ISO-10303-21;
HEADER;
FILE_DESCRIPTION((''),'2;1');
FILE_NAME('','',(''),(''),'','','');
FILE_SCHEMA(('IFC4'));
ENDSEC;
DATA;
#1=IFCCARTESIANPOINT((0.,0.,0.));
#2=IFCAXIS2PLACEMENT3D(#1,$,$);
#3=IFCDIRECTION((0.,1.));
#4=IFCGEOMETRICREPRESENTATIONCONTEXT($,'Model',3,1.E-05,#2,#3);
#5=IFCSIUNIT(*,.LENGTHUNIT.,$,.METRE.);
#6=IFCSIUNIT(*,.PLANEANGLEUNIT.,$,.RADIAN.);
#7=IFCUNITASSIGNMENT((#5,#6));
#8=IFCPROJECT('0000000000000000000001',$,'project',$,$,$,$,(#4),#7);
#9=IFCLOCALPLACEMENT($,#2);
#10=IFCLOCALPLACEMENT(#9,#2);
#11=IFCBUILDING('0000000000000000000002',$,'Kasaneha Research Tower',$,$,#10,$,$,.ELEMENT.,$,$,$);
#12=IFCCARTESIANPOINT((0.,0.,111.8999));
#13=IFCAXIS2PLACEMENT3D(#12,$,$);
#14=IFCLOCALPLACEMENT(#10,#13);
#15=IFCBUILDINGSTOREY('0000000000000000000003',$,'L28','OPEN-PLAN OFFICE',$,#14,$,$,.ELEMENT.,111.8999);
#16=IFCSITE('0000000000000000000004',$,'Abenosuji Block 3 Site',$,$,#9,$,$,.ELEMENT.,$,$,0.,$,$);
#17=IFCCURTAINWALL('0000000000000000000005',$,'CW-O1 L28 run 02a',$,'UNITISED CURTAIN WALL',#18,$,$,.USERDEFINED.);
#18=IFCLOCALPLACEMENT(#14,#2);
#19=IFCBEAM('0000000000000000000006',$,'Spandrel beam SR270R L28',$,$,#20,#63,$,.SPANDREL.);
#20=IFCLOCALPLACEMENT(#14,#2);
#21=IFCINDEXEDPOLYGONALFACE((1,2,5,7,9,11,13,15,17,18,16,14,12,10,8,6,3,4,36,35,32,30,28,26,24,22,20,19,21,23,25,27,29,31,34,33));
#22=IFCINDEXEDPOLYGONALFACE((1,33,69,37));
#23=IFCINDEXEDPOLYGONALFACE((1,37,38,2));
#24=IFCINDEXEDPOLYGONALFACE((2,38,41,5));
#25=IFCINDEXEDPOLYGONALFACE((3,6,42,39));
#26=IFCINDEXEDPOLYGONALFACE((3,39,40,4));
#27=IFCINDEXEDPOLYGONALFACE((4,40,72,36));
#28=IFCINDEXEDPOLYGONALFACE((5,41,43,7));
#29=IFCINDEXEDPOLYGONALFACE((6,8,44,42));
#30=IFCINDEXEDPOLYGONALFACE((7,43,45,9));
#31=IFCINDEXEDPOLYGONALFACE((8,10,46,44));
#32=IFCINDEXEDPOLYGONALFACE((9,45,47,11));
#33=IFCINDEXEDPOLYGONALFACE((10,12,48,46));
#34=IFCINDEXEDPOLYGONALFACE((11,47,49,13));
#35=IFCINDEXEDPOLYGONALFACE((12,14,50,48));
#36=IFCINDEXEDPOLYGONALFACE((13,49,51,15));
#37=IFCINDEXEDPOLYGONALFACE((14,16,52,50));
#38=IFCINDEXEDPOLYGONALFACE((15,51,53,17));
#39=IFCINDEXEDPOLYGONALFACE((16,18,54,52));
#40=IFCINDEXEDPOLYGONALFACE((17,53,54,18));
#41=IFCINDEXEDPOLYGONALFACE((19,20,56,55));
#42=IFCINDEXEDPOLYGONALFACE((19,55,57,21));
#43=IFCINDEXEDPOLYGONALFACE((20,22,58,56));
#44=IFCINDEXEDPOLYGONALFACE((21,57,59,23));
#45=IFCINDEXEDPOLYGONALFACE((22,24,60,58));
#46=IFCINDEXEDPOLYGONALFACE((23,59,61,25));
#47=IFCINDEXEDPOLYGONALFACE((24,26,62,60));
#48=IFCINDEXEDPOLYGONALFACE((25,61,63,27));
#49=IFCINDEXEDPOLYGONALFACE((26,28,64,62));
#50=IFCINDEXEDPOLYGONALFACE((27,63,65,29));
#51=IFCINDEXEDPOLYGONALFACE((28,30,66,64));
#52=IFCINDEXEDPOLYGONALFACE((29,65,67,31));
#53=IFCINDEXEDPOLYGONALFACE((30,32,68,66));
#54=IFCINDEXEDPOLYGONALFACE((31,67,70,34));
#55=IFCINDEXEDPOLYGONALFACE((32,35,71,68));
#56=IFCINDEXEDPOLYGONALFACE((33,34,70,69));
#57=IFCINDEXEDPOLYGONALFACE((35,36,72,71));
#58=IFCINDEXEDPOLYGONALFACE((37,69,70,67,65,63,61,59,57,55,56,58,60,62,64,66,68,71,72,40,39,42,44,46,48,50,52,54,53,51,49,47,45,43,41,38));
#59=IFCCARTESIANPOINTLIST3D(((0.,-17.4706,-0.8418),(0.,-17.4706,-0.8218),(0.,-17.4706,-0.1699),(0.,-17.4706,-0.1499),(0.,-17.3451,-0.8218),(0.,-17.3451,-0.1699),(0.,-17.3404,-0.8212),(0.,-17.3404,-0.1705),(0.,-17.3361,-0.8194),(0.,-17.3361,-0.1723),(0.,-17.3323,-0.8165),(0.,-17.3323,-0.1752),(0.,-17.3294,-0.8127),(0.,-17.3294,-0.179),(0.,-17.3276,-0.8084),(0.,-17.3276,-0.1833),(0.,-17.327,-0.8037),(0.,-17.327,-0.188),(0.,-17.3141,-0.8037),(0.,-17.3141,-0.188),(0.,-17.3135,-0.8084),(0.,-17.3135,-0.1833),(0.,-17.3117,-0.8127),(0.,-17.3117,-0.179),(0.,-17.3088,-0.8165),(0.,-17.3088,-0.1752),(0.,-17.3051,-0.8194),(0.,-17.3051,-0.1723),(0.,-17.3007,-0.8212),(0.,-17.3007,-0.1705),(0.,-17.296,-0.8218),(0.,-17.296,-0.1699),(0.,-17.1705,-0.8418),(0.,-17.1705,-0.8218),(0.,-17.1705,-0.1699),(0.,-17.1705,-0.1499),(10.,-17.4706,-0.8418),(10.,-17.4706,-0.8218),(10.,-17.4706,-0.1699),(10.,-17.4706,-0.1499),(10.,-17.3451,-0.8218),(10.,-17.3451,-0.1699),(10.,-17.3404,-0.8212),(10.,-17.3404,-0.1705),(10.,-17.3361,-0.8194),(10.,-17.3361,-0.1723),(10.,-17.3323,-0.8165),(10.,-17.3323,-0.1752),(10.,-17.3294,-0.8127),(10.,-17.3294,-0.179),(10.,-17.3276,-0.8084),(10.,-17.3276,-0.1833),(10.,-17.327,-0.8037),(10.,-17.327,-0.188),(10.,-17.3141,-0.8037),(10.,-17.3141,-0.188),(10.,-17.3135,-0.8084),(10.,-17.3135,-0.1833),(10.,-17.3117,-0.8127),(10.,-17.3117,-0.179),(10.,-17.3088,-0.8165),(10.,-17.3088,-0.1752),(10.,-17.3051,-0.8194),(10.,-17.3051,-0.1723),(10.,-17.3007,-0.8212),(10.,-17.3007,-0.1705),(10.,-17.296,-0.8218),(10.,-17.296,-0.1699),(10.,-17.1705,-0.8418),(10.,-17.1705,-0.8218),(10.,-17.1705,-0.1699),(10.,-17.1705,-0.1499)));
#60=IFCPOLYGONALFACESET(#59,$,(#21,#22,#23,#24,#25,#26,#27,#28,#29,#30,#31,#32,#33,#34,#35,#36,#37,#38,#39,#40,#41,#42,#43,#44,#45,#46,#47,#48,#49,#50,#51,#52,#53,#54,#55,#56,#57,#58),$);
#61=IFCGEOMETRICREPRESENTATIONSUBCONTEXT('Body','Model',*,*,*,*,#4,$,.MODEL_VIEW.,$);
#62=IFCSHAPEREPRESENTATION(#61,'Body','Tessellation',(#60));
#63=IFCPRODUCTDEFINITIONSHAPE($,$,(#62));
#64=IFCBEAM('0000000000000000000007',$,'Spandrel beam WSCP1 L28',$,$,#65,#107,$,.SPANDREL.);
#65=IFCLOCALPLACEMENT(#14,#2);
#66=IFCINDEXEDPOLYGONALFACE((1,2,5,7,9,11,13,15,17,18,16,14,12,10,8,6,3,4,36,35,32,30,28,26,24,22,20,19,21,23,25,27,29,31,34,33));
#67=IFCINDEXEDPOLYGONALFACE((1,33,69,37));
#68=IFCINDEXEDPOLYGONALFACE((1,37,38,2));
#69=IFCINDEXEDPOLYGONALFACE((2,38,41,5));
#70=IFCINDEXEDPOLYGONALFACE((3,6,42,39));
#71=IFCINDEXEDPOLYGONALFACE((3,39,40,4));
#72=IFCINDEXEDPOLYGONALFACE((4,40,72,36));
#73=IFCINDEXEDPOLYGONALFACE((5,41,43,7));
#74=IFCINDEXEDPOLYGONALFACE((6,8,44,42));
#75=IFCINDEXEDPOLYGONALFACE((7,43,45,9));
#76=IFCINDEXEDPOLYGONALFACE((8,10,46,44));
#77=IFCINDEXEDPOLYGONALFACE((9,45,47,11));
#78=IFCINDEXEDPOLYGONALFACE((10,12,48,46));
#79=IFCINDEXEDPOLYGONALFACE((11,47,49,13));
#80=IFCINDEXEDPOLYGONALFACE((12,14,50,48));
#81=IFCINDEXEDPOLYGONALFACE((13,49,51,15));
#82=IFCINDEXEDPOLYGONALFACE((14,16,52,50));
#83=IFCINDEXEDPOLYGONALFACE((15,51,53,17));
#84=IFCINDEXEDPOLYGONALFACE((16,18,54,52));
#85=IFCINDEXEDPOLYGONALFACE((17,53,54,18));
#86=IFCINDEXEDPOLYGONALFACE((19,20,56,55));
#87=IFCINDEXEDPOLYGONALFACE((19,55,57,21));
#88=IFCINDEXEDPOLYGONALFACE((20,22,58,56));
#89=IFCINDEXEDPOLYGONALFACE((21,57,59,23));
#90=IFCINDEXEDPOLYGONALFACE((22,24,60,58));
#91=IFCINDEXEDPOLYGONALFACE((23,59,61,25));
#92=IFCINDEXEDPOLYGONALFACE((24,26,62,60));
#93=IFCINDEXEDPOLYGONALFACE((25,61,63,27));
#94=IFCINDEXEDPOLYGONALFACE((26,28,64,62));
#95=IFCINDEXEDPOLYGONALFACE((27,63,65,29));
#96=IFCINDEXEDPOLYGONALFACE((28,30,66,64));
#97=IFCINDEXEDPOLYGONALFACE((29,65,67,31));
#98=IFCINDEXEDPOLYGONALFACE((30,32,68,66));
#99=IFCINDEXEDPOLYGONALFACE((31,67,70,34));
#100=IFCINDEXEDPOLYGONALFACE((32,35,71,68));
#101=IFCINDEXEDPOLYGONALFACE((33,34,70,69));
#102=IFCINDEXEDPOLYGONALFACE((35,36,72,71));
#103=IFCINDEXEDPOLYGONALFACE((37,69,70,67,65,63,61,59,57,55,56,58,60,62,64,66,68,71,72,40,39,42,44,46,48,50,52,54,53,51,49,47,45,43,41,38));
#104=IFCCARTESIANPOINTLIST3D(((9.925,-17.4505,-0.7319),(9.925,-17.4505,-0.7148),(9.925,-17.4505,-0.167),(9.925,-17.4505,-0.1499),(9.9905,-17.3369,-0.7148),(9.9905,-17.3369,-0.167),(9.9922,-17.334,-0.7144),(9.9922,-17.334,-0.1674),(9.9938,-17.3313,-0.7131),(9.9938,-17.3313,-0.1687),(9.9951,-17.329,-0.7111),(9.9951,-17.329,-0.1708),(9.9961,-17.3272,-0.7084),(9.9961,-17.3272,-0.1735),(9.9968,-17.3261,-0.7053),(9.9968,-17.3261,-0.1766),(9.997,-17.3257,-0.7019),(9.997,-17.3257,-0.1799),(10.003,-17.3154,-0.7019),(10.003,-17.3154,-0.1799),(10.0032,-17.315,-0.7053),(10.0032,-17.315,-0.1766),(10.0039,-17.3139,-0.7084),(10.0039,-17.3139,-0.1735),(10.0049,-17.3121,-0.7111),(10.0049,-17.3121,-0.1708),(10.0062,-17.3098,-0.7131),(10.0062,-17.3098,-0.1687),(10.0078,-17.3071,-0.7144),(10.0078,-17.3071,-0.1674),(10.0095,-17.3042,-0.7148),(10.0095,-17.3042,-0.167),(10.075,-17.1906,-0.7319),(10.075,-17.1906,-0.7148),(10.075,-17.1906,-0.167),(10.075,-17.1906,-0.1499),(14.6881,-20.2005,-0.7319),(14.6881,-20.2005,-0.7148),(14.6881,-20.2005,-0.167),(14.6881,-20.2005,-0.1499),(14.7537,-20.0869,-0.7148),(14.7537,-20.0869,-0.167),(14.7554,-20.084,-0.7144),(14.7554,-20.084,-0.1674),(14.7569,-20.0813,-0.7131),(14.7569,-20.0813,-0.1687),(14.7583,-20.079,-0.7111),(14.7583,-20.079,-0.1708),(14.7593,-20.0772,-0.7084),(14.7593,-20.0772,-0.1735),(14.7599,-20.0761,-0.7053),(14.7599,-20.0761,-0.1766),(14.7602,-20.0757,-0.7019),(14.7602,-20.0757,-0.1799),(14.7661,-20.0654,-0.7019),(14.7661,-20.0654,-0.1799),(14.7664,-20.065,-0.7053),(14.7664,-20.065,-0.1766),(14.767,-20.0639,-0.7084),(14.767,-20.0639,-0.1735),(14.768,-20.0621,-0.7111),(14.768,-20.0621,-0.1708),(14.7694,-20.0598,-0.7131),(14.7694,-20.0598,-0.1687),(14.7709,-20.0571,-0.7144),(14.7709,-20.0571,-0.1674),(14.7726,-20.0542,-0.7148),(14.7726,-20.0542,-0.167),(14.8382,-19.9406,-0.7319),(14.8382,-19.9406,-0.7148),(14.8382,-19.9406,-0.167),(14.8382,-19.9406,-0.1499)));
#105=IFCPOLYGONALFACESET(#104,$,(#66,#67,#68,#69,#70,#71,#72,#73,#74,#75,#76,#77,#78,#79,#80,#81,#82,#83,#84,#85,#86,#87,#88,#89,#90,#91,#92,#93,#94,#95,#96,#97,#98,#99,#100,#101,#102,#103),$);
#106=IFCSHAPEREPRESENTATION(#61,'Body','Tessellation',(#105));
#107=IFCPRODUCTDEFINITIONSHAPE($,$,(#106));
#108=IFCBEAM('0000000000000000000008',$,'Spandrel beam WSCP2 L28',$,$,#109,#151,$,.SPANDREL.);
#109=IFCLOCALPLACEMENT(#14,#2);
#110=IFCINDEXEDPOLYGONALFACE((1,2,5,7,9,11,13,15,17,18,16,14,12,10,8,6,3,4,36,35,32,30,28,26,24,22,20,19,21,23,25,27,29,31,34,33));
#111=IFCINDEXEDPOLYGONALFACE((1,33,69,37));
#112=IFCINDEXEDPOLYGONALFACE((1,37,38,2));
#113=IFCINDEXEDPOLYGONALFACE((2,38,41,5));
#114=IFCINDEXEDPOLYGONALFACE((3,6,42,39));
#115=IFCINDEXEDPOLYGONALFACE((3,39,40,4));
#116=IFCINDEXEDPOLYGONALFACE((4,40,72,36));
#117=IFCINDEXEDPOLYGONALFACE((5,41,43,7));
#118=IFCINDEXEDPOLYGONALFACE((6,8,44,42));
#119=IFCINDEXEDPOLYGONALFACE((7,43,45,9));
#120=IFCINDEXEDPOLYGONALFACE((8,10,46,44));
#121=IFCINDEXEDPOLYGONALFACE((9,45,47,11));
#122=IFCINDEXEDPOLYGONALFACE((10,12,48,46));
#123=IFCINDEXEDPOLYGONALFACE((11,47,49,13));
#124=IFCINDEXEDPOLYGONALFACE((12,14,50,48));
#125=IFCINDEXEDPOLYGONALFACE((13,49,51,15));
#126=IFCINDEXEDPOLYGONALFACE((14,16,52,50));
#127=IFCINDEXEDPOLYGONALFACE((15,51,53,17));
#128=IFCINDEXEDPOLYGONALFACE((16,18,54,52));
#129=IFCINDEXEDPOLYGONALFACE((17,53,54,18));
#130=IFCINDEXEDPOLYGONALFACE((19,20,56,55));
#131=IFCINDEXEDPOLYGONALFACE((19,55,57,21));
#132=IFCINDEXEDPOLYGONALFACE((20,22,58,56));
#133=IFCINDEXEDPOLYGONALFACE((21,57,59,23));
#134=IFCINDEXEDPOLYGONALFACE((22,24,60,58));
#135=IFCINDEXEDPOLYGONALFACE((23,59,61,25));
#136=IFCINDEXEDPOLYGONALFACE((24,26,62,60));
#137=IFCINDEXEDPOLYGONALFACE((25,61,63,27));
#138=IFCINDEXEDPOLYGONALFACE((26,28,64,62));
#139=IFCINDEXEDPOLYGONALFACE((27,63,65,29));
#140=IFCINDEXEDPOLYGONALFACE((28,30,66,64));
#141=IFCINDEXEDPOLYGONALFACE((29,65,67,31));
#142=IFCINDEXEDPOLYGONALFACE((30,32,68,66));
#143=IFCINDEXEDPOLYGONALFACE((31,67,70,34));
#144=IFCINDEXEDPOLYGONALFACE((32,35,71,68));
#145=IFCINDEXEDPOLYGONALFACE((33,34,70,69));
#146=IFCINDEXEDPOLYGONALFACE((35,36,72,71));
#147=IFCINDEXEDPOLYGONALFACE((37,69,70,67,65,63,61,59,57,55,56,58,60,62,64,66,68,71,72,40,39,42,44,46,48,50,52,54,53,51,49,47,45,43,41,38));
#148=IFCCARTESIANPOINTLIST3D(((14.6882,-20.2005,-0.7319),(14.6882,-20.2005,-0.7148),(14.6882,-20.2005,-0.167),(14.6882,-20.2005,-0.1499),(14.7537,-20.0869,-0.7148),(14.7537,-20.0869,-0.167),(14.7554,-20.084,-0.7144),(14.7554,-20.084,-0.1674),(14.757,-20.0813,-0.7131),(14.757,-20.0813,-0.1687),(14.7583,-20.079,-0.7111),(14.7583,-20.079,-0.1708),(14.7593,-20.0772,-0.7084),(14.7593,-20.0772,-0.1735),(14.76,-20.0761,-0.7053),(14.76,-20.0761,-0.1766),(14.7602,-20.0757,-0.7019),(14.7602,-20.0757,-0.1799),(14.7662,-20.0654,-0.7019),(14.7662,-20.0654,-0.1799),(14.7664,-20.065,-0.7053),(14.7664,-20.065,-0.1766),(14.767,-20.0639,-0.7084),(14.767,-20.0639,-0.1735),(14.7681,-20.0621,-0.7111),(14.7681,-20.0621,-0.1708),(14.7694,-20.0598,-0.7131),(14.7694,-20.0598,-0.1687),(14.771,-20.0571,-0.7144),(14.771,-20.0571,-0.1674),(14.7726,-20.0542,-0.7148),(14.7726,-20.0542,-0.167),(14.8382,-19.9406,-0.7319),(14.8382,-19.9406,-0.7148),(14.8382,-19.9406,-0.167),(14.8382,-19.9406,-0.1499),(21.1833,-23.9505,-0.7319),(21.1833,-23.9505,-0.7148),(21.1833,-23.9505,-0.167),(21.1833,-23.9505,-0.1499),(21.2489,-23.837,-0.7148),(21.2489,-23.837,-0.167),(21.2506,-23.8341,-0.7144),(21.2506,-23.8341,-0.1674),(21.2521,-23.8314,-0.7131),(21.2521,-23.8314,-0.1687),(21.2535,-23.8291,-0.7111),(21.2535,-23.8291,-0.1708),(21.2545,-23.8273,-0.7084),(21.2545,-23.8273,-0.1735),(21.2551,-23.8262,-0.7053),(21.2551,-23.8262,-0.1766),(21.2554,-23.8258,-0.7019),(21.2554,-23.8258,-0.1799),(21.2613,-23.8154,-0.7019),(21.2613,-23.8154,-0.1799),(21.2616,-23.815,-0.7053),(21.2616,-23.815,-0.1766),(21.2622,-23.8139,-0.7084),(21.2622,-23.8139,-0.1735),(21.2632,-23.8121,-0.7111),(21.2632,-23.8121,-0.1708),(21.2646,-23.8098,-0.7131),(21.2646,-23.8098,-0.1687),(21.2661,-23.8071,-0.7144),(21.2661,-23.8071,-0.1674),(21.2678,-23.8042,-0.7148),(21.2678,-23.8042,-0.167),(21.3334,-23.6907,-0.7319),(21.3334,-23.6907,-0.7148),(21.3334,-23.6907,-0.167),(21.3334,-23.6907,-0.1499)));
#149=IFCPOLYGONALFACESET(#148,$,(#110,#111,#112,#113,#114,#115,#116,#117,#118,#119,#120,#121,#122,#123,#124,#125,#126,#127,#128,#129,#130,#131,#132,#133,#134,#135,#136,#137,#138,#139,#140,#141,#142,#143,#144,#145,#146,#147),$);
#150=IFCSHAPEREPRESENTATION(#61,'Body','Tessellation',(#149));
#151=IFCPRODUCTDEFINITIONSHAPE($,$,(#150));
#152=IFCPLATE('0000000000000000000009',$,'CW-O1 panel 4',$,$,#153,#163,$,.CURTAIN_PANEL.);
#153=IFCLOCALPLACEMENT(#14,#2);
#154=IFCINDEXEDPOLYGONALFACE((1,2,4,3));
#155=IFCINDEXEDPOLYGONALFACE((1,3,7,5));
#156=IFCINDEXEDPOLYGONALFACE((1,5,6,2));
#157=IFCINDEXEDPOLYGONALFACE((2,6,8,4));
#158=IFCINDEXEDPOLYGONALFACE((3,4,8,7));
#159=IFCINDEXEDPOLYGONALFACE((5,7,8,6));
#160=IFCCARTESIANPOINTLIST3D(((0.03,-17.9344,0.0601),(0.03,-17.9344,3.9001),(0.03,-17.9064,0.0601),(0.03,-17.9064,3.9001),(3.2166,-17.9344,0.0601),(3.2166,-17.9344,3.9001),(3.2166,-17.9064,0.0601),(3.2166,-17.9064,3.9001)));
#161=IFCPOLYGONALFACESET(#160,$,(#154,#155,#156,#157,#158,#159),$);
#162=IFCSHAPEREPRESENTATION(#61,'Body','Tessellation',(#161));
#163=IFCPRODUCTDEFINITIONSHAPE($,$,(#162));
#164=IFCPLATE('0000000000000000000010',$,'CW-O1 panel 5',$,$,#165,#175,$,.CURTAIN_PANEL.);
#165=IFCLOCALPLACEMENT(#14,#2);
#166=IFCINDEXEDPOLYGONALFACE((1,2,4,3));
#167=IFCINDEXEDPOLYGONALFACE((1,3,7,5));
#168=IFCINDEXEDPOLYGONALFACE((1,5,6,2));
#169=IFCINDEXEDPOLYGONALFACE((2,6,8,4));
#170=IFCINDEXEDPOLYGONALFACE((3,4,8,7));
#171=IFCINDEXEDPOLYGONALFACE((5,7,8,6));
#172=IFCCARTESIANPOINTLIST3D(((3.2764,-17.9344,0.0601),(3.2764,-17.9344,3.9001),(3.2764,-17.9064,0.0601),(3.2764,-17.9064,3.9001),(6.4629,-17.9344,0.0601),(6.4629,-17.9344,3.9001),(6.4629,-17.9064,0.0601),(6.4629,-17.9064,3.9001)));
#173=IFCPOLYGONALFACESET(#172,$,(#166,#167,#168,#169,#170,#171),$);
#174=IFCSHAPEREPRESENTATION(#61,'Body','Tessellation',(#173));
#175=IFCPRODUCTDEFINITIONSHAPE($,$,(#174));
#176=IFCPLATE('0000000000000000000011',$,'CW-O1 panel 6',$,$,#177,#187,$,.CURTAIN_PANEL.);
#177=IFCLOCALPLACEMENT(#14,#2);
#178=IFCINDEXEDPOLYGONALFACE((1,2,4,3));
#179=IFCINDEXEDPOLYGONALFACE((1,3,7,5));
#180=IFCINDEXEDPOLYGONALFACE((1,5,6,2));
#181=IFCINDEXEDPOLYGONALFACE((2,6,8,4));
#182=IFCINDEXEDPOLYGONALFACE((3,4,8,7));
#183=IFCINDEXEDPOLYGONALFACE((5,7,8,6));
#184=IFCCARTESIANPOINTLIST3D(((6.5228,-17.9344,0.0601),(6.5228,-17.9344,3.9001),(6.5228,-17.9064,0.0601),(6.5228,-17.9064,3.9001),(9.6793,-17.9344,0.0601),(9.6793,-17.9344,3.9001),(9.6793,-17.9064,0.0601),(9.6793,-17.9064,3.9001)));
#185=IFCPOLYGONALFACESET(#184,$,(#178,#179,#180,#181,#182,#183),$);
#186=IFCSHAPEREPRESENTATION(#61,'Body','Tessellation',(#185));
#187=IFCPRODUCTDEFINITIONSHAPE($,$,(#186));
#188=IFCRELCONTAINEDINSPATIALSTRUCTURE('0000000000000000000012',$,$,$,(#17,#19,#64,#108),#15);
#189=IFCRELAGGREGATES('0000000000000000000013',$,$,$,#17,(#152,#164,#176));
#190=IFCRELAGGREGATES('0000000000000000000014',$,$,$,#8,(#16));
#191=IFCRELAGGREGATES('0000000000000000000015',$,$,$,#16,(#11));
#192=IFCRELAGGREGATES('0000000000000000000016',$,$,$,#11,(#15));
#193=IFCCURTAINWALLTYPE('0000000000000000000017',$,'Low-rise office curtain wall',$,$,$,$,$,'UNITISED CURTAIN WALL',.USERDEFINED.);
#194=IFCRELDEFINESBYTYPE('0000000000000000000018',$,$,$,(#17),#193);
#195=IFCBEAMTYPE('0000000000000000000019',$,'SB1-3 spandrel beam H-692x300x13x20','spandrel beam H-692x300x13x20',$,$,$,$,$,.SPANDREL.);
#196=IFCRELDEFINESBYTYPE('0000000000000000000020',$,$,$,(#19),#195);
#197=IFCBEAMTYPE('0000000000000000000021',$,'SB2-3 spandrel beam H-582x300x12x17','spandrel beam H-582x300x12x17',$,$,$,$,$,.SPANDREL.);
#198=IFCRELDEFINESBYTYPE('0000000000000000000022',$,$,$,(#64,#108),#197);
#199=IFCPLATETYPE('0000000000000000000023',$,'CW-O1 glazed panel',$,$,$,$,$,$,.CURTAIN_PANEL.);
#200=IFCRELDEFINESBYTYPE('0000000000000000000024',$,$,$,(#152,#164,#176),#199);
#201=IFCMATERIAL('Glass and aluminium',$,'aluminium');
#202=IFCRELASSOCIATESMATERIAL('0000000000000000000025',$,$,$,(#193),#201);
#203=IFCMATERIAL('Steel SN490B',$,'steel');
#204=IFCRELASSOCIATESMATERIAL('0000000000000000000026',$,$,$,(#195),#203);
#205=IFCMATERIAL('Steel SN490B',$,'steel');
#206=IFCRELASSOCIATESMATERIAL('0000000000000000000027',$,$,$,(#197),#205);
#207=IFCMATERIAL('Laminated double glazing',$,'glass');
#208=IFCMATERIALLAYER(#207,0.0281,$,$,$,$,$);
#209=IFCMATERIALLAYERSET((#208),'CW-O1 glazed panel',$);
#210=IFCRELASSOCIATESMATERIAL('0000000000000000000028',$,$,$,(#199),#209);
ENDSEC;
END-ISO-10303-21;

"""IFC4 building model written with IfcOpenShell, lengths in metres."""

from ifc_helpers import new_model, si_unit, direction, frame, origin, origin_2d, place, context, subcontext, project, spatial, rectangle, i_section, extrude, material, layer, layer_set, material_profile, profile_set, type_object, element, aggregate, save


model = new_model("IFC4")

# Units and contexts
model_context = context("Model", 3, precision=1e-05, world=origin(), true_north=direction((0.0, 1.0)))
body_context = subcontext(model_context, "Body", "Model", "MODEL_VIEW")
ifc_project = project(units=[si_unit("LENGTHUNIT", "METRE"), si_unit("PLANEANGLEUNIT", "RADIAN")], contexts=[model_context])

# Site, building, storey
site_placement = place(None, origin())
site = spatial("IfcSite", under=ifc_project, at=site_placement, Name="Abenosuji Block 3 Site", CompositionType="ELEMENT", RefElevation=0.0)
building_placement = place(site_placement, origin())
building = spatial("IfcBuilding", under=site, at=building_placement, Name="Kasaneha Research Tower", CompositionType="ELEMENT")
storey_placement = place(building_placement, frame((0.0, 0.0, 111.8999)))
storey = spatial("IfcBuildingStorey", under=building, at=storey_placement, Name="L28", Description="OPEN-PLAN OFFICE", CompositionType="ELEMENT", Elevation=111.8999)

# Curtain wall
ifc_material_1 = material(Name="Glass and aluminium", Category="aluminium")
curtain_wall_type = type_object("IfcCurtainWallType", Name="Low-rise office curtain wall", ElementType="UNITISED CURTAIN WALL", PredefinedType="USERDEFINED", material=ifc_material_1)
curtain_wall_1_placement = place(storey_placement, origin())
curtain_wall_1 = element("IfcCurtainWall", 1, at=curtain_wall_1_placement, inside=storey, type_object=curtain_wall_type, Name="CW-O1 L28 run 02a", ObjectType="UNITISED CURTAIN WALL", PredefinedType="USERDEFINED")

# Beams
ifc_material_2 = material(Name="Steel SN490B", Category="steel")
ifc_material_profile_1 = material_profile(ifc_material_2, i_section(OverallWidth=0.3, OverallDepth=0.6919, WebThickness=0.0129, FlangeThickness=0.02, FilletRadius=0.0181, at=origin_2d()), Name="H-692x300x13x20")
ifc_profile_set_1 = profile_set([ifc_material_profile_1], Name="Steel SN490B")
beam_type_1 = type_object("IfcBeamType", Name="SB1-3 spandrel beam H-692x300x13x20", Description="spandrel beam H-692x300x13x20", PredefinedType="SPANDREL", material=ifc_profile_set_1)
beam_1_placement = place(storey_placement, frame((10.0, -17.3206, -0.4958), z_axis=(-1.0, 0.0, 0.0), x_axis=(0.0, -1.0, 0.0)))
element("IfcBeam", 2, at=beam_1_placement, inside=storey, type_object=beam_type_1, Name="Spandrel beam SR270R L28", PredefinedType="SPANDREL", context=body_context, shape_type="SweptSolid", body=[
    extrude(i_section(OverallWidth=0.3, OverallDepth=0.6919, WebThickness=0.0129, FlangeThickness=0.02, FilletRadius=0.0181, at=origin_2d()), origin(), (0.0, 0.0, 1.0), 10.0),
])
ifc_material_3 = material(Name="Steel SN490B", Category="steel")
ifc_material_profile_2 = material_profile(ifc_material_3, i_section(OverallWidth=0.3, OverallDepth=0.582, WebThickness=0.012, FlangeThickness=0.0171, FilletRadius=0.0129, at=origin_2d()), Name="H-582x300x12x17")
ifc_profile_set_2 = profile_set([ifc_material_profile_2], Name="Steel SN490B")
beam_type_2 = type_object("IfcBeamType", Name="SB2-3 spandrel beam H-582x300x12x17", Description="spandrel beam H-582x300x12x17", PredefinedType="SPANDREL", material=ifc_profile_set_2)
beam_2_placement = place(storey_placement, frame((10.0, -17.3206, -0.4409), z_axis=(0.866027, -0.499997, 0.0), x_axis=(0.499997, 0.866027, 0.0)))
element("IfcBeam", 3, at=beam_2_placement, inside=storey, type_object=beam_type_2, Name="Spandrel beam WSCP1 L28", PredefinedType="SPANDREL", context=body_context, shape_type="SweptSolid", body=[
    extrude(i_section(OverallWidth=0.3, OverallDepth=0.582, WebThickness=0.012, FlangeThickness=0.0171, FilletRadius=0.0129, at=origin_2d()), origin(), (0.0, 0.0, 1.0), 5.5),
])
beam_3_placement = place(storey_placement, frame((14.7632, -20.0706, -0.4409), z_axis=(0.866023, -0.500004, 0.0), x_axis=(0.500004, 0.866023, 0.0)))
element("IfcBeam", 4, at=beam_3_placement, inside=storey, type_object=beam_type_2, Name="Spandrel beam WSCP2 L28", PredefinedType="SPANDREL", context=body_context, shape_type="SweptSolid", body=[
    extrude(i_section(OverallWidth=0.3, OverallDepth=0.582, WebThickness=0.012, FlangeThickness=0.0171, FilletRadius=0.0129, at=origin_2d()), origin(), (0.0, 0.0, 1.0), 7.5),
])

# Plates
ifc_material_4 = material(Name="Laminated double glazing", Category="glass")
ifc_layer_1 = layer(ifc_material_4, 0.0281)
ifc_layer_set_1 = layer_set([ifc_layer_1], Name="CW-O1 glazed panel")
plate_type = type_object("IfcPlateType", Name="CW-O1 glazed panel", PredefinedType="CURTAIN_PANEL", material=ifc_layer_set_1)
plate_1_placement = place(storey_placement, frame((1.6233, -17.9204, 0.0601), z_axis=(0.0, 0.0, 1.0), x_axis=(1.0, 0.0, 0.0)))
plate_1 = element("IfcPlate", 5, at=plate_1_placement, type_object=plate_type, Name="CW-O1 panel 4", PredefinedType="CURTAIN_PANEL", context=body_context, shape_type="SweptSolid", body=[
    extrude(rectangle(XDim=3.1865, YDim=0.0281, at=origin_2d()), origin(), (0.0, 0.0, 1.0), 3.8401),
])
plate_2_placement = place(storey_placement, frame((4.8696, -17.9204, 0.0601), z_axis=(0.0, 0.0, 1.0), x_axis=(1.0, 0.0, 0.0)))
plate_2 = element("IfcPlate", 6, at=plate_2_placement, type_object=plate_type, Name="CW-O1 panel 5", PredefinedType="CURTAIN_PANEL", context=body_context, shape_type="SweptSolid", body=[
    extrude(rectangle(XDim=3.1865, YDim=0.0281, at=origin_2d()), origin(), (0.0, 0.0, 1.0), 3.8401),
])
plate_3_placement = place(storey_placement, frame((8.1011, -17.9204, 0.0601), z_axis=(0.0, 0.0, 1.0), x_axis=(1.0, 0.0, 0.0)))
plate_3 = element("IfcPlate", 7, at=plate_3_placement, type_object=plate_type, Name="CW-O1 panel 6", PredefinedType="CURTAIN_PANEL", context=body_context, shape_type="SweptSolid", body=[
    extrude(rectangle(XDim=3.1565, YDim=0.0281, at=origin_2d()), origin(), (0.0, 0.0, 1.0), 3.8401),
])
aggregate(curtain_wall_1, [plate_1, plate_2, plate_3])

save(model, "model.ifc")
